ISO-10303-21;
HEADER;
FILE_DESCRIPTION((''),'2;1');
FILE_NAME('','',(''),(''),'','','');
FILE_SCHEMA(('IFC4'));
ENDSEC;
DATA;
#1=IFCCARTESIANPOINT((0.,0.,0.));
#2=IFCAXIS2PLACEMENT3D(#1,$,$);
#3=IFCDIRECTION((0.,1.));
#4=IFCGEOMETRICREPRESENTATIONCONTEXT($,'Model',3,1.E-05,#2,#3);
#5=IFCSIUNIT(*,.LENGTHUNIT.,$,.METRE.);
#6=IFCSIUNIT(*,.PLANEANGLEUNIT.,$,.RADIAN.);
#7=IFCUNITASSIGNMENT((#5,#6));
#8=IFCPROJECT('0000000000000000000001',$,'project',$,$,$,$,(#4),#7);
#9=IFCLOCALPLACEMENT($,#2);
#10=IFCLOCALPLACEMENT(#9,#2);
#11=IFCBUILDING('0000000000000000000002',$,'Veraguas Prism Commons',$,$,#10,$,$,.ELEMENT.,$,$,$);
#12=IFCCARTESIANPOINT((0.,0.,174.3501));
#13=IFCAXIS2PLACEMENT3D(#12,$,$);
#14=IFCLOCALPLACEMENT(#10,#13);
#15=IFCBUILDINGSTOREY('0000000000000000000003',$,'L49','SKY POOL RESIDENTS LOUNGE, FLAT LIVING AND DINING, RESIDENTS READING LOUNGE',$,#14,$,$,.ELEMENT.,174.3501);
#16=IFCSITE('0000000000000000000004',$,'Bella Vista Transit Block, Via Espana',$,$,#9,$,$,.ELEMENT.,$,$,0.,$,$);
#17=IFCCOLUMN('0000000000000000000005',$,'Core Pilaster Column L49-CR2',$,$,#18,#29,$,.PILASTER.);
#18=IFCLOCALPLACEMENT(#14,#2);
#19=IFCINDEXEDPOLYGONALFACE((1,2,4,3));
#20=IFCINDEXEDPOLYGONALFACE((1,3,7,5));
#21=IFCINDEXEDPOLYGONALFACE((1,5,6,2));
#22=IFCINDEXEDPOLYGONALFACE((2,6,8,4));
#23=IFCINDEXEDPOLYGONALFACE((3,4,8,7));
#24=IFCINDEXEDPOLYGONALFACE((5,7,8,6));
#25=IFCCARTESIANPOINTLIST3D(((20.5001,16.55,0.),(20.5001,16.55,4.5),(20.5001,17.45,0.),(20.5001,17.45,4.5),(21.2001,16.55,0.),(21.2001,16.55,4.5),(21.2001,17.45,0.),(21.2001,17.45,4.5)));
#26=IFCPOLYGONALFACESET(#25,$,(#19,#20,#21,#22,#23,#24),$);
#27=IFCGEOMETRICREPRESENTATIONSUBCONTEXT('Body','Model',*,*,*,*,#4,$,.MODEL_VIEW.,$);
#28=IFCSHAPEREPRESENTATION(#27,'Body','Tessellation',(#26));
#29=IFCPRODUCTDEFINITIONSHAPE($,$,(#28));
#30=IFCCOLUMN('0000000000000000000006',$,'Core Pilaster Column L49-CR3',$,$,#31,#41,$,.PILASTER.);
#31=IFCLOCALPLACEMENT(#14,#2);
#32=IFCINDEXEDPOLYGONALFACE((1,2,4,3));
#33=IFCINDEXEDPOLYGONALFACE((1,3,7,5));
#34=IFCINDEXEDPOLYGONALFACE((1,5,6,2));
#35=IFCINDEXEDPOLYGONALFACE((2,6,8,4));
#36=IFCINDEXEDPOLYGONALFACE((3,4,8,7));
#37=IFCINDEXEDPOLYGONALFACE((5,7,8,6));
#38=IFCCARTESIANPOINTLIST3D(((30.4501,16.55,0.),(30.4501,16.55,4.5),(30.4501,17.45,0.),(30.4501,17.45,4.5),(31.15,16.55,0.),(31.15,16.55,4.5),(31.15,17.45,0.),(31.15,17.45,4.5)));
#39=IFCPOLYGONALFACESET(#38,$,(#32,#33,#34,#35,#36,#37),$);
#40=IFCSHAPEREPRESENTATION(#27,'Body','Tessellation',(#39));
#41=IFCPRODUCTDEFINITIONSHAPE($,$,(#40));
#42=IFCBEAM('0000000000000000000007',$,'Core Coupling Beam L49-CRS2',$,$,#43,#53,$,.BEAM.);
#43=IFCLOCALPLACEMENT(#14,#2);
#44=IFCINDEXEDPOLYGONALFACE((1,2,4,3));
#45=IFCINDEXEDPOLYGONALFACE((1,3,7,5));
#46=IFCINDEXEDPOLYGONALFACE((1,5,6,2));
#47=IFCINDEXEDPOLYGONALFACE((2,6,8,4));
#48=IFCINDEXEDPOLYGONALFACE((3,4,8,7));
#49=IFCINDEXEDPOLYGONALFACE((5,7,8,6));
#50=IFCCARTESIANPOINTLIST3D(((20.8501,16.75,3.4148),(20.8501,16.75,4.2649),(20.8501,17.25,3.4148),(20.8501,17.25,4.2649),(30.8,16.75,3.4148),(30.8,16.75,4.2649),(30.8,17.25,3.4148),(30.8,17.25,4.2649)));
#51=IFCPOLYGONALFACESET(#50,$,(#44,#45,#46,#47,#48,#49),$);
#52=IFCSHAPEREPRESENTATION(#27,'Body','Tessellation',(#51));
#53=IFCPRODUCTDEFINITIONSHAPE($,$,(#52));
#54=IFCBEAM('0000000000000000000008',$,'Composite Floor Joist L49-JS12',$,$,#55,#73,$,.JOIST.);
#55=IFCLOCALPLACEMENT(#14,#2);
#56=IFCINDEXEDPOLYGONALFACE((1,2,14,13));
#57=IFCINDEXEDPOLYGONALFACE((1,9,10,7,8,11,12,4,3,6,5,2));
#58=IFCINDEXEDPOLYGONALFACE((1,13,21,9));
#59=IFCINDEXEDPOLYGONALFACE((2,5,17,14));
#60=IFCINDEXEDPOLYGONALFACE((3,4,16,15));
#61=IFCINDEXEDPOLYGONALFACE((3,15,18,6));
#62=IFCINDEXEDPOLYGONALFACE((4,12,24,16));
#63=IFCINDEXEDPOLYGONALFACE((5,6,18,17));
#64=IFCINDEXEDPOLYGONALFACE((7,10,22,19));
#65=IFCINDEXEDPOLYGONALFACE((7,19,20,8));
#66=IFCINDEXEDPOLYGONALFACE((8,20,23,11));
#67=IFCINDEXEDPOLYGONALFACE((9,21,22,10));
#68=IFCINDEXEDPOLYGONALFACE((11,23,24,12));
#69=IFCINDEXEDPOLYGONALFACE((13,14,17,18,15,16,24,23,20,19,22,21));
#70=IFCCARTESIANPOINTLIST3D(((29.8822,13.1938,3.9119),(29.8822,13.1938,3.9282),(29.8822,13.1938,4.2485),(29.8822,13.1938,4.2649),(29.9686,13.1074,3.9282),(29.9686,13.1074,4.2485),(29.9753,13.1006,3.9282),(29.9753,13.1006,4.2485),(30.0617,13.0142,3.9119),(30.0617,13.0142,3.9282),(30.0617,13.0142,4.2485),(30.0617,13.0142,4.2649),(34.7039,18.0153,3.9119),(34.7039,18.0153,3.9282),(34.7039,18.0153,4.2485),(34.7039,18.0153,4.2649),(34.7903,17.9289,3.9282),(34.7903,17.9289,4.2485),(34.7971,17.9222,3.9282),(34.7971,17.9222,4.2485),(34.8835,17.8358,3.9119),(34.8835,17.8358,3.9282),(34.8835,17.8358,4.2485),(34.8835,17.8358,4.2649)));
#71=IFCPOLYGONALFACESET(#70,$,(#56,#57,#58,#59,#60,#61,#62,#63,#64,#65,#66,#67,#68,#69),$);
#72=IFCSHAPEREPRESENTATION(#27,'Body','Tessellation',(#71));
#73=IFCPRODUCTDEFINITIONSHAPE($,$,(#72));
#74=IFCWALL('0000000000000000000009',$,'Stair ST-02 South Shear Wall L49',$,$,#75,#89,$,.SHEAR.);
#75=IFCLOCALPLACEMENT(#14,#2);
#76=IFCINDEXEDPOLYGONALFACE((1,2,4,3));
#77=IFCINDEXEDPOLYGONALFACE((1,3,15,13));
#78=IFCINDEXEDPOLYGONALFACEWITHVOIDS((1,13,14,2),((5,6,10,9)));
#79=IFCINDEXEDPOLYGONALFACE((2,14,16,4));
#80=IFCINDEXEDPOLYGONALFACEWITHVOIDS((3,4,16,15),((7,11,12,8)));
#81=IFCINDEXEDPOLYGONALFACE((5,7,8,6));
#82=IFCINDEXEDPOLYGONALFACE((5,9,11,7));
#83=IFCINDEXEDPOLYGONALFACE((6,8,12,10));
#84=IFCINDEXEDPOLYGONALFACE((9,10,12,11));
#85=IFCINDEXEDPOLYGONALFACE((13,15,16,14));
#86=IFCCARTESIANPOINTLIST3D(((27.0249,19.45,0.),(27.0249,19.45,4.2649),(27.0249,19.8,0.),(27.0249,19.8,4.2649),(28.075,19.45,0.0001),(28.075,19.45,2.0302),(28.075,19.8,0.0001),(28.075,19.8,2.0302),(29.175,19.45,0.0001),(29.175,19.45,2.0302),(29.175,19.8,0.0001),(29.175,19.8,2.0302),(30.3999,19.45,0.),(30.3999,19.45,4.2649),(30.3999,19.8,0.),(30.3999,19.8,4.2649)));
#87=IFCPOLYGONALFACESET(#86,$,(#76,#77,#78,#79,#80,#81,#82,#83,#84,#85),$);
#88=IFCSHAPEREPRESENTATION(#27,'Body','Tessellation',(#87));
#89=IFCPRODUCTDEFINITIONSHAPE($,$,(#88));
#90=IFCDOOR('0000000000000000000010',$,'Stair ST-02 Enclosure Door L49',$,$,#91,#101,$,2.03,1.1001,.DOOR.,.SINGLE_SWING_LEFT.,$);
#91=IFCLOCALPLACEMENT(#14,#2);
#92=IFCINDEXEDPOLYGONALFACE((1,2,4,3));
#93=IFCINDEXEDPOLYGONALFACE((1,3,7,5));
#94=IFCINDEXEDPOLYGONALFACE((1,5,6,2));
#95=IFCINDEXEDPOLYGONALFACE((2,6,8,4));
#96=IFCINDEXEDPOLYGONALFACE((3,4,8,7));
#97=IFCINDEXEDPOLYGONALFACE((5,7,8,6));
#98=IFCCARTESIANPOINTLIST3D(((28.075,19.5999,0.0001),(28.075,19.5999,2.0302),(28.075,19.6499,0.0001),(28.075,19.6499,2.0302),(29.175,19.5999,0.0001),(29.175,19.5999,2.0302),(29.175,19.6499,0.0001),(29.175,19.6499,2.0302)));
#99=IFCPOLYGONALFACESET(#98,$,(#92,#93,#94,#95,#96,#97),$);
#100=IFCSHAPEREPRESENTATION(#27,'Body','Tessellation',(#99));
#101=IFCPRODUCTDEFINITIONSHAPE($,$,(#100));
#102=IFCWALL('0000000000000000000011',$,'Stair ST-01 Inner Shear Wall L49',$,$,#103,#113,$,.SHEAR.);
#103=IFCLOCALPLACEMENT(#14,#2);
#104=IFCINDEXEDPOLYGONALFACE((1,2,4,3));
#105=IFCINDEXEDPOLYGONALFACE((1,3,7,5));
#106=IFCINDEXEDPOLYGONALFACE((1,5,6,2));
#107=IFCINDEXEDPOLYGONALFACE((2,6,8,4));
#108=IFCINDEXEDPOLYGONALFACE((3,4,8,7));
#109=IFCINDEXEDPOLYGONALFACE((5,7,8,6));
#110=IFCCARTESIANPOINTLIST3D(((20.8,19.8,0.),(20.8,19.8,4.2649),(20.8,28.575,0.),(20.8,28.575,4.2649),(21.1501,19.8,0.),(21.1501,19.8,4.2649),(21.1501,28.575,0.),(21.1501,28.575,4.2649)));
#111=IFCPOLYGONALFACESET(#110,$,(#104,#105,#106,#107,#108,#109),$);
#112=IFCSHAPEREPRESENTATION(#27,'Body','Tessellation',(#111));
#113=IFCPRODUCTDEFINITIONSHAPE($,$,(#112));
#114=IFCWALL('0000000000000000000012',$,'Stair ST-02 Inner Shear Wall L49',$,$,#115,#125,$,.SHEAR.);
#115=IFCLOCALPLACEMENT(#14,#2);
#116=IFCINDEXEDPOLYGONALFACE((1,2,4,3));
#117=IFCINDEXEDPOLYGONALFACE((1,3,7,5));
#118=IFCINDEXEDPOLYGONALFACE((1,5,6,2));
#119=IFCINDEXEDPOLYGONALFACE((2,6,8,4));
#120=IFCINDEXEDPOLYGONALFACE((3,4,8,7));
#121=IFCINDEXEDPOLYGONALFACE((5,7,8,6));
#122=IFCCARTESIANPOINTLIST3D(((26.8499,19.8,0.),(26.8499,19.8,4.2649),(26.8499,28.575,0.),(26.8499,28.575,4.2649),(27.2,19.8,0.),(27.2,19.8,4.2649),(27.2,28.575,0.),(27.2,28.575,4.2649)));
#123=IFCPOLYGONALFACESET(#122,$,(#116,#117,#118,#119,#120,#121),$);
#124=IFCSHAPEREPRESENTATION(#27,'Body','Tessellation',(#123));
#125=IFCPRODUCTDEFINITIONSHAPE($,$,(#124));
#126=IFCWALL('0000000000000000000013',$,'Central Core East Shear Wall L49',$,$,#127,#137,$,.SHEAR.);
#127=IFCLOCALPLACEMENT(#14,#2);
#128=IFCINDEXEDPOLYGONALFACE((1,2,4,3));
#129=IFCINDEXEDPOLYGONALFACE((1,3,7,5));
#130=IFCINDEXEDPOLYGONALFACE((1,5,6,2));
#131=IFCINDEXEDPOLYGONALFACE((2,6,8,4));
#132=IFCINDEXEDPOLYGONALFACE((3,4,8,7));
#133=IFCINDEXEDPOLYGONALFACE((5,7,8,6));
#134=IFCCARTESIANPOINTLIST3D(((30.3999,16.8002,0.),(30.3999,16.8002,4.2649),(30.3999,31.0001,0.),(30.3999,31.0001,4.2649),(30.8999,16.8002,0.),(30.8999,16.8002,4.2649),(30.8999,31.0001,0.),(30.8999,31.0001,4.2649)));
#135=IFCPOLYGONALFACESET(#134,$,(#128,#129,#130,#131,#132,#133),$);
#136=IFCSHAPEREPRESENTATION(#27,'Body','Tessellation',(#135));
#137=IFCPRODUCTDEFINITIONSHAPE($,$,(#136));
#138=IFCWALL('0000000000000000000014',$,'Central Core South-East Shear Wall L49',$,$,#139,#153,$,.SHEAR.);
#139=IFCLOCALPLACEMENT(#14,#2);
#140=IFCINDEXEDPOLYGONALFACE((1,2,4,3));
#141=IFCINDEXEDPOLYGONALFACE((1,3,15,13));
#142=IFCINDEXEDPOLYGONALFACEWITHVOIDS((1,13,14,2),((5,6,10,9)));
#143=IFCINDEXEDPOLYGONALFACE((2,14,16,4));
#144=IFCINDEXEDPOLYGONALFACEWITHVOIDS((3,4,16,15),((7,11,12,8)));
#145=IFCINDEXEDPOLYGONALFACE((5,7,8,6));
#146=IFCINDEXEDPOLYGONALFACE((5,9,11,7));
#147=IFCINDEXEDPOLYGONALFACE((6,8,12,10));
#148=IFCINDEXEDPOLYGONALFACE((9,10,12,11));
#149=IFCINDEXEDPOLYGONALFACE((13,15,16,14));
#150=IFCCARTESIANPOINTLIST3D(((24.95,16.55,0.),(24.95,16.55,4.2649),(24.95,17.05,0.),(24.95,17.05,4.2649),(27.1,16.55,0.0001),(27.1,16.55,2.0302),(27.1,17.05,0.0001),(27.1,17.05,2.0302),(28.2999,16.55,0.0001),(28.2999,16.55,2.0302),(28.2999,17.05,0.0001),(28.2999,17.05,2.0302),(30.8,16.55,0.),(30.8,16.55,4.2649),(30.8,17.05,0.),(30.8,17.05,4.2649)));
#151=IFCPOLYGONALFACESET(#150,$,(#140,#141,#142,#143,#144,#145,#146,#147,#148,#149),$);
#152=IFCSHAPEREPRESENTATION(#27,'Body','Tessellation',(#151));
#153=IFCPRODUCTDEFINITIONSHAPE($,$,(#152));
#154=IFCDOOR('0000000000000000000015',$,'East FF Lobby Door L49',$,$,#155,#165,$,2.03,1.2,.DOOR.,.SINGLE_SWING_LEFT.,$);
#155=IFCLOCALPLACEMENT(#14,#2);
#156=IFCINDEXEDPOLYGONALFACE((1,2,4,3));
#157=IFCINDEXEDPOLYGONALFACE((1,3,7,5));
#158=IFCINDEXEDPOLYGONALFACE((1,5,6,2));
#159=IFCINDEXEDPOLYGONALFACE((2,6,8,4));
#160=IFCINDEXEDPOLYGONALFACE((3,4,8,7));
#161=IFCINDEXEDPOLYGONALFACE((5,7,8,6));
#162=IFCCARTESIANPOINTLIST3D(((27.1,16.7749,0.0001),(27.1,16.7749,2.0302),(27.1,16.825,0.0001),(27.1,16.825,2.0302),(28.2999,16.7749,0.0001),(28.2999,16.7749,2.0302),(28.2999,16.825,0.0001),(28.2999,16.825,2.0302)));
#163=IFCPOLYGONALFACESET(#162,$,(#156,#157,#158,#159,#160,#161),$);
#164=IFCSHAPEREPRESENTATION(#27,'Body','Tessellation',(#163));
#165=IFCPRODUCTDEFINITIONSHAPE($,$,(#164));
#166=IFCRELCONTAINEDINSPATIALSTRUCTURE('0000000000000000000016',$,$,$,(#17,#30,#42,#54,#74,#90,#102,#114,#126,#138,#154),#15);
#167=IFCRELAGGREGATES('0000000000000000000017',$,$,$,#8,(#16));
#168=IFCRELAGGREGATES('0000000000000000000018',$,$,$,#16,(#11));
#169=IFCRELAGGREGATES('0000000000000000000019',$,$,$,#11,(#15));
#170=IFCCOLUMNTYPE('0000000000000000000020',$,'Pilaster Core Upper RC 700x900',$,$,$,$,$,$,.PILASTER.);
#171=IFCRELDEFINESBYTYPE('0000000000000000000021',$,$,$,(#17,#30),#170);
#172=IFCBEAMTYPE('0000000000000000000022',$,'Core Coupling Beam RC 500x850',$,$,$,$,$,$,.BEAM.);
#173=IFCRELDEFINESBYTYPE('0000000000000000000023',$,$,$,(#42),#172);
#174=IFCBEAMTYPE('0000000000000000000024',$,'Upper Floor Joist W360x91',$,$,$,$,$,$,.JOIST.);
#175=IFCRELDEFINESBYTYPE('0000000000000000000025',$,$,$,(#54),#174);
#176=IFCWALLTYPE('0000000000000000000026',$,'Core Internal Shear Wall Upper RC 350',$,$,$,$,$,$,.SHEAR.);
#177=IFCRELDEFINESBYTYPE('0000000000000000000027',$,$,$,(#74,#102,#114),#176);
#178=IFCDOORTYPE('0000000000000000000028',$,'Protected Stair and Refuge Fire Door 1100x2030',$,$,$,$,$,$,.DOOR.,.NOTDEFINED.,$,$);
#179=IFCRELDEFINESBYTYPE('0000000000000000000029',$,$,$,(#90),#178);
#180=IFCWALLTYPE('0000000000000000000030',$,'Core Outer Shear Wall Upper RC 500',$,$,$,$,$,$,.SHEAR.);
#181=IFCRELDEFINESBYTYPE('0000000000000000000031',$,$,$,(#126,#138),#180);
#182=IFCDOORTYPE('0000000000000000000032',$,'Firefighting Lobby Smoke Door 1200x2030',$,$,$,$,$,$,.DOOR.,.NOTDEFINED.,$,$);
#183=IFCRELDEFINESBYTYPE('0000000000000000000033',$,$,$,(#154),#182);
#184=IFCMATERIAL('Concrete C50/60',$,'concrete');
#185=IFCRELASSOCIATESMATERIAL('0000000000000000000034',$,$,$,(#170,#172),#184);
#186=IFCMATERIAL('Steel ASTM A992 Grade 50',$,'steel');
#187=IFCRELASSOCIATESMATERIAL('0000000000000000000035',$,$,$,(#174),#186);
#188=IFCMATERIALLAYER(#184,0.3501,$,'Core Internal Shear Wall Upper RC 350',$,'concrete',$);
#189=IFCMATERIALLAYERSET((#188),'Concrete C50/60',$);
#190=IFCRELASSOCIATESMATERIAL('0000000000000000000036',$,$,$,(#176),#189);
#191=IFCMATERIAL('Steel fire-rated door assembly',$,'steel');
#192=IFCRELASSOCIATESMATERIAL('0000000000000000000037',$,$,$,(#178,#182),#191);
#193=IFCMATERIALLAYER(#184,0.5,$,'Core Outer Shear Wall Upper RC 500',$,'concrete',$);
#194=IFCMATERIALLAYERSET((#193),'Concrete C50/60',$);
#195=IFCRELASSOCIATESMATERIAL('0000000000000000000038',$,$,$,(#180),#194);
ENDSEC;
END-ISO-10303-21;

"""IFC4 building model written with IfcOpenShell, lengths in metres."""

from ifc_helpers import new_model, si_unit, direction, frame, frame_2d, origin, origin_2d, place, context, subcontext, project, spatial, rectangle, i_section, extrude, source, transform, mapped, material, layer, layer_set, material_profile, profile_set, type_object, element, fill, save


model = new_model("IFC4")

# Units and contexts
model_context = context("Model", 3, precision=1e-05, world=origin(), true_north=direction((0.0, 1.0)))
body_context = subcontext(model_context, "Body", "Model", "MODEL_VIEW")
ifc_project = project(units=[si_unit("LENGTHUNIT", "METRE"), si_unit("PLANEANGLEUNIT", "RADIAN")], contexts=[model_context])

# Site, building, storey
site_placement = place(None, origin())
site = spatial("IfcSite", under=ifc_project, at=site_placement, Name="Bella Vista Transit Block, Via Espana", CompositionType="ELEMENT", RefElevation=0.0)
building_placement = place(site_placement, origin())
building = spatial("IfcBuilding", under=site, at=building_placement, Name="Veraguas Prism Commons", CompositionType="ELEMENT")
storey_placement = place(building_placement, frame((0.0, 0.0, 174.3501)))
storey = spatial("IfcBuildingStorey", under=building, at=storey_placement, Name="L49", Description="SKY POOL RESIDENTS LOUNGE, FLAT LIVING AND DINING, RESIDENTS READING LOUNGE", CompositionType="ELEMENT", Elevation=174.3501)

# Columns
ifc_material_1 = material(Name="Concrete C50/60", Category="concrete")
ifc_material_profile_1 = material_profile(ifc_material_1, rectangle(XDim=0.7, YDim=0.8999, at=origin_2d()), Name="RC700X900")
ifc_profile_set_1 = profile_set([ifc_material_profile_1], Name="Concrete C50/60")
column_type = type_object("IfcColumnType", Name="Pilaster Core Upper RC 700x900", PredefinedType="PILASTER", material=ifc_profile_set_1)
for number, where, z_axis, x_axis, name in (
    (1, (20.8501, 17.0, 0.0), (0.0, 0.0, 1.0), (1.0, 0.0, 0.0), "Core Pilaster Column L49-CR2"),
    (2, (30.8, 17.0, 0.0), (0.0, 0.0, 1.0), (1.0, 0.0, 0.0), "Core Pilaster Column L49-CR3"),
):
    element("IfcColumn", number, at=place(storey_placement, frame(where, z_axis=z_axis, x_axis=x_axis)), inside=storey, type_object=column_type, Name=name, PredefinedType="PILASTER", context=body_context, shape_type="SweptSolid", body=[
        extrude(rectangle(XDim=0.7, YDim=0.8999, at=origin_2d()), origin(), (0.0, 0.0, 1.0), 4.5),
    ])

# Beams
ifc_material_profile_2 = material_profile(ifc_material_1, rectangle(XDim=0.5, YDim=0.8501, at=origin_2d()), Name="RC500X850")
ifc_profile_set_2 = profile_set([ifc_material_profile_2], Name="Concrete C50/60")
beam_type_1 = type_object("IfcBeamType", Name="Core Coupling Beam RC 500x850", PredefinedType="BEAM", material=ifc_profile_set_2)
beam_1_placement = place(storey_placement, frame((20.8501, 17.0, 3.8398), z_axis=(1.0, 0.0, 0.0), x_axis=(0.0, 1.0, 0.0)))
element("IfcBeam", 3, at=beam_1_placement, inside=storey, type_object=beam_type_1, Name="Core Coupling Beam L49-CRS2", PredefinedType="BEAM", context=body_context, shape_type="SweptSolid", body=[
    extrude(rectangle(XDim=0.5, YDim=0.8501, at=origin_2d()), origin(), (0.0, 0.0, 1.0), 9.95),
])
ifc_material_2 = material(Name="Steel ASTM A992 Grade 50", Category="steel")
ifc_material_profile_3 = material_profile(ifc_material_2, i_section(OverallWidth=0.2539, OverallDepth=0.353, WebThickness=0.0095, FlangeThickness=0.0164, at=origin_2d()), Name="W360X91")
ifc_profile_set_3 = profile_set([ifc_material_profile_3], Name="Steel ASTM A992 Grade 50")
beam_type_2 = type_object("IfcBeamType", Name="Upper Floor Joist W360x91", PredefinedType="JOIST", material=ifc_profile_set_3)
beam_2_placement = place(storey_placement, frame((29.9719, 13.104, 4.0884), z_axis=(0.707125, 0.707089, 0.0), x_axis=(-0.707089, 0.707125, 0.0)))
element("IfcBeam", 4, at=beam_2_placement, inside=storey, type_object=beam_type_2, Name="Composite Floor Joist L49-JS12", PredefinedType="JOIST", context=body_context, shape_type="SweptSolid", body=[
    extrude(i_section(OverallWidth=0.2539, OverallDepth=0.353, WebThickness=0.0095, FlangeThickness=0.0164, at=origin_2d()), origin(), (0.0, 0.0, 1.0), 6.8188),
])

# Wall, opening, door
ifc_layer_1 = layer(ifc_material_1, 0.3501, Name="Core Internal Shear Wall Upper RC 350", Category="concrete")
ifc_layer_set_1 = layer_set([ifc_layer_1], Name="Concrete C50/60")
wall_type_1 = type_object("IfcWallType", Name="Core Internal Shear Wall Upper RC 350", PredefinedType="SHEAR", material=ifc_layer_set_1)
wall_1_placement = place(storey_placement, frame((27.0249, 19.625, 0.0), z_axis=(0.0, 0.0, 1.0), x_axis=(1.0, 0.0, 0.0)))
wall_1 = element("IfcWall", 5, at=wall_1_placement, inside=storey, type_object=wall_type_1, Name="Stair ST-02 South Shear Wall L49", PredefinedType="SHEAR", context=body_context, shape_type="SweptSolid", body=[
    extrude(rectangle(XDim=3.375, YDim=0.3501, at=frame_2d((1.6875, 0.0))), origin(), (0.0, 0.0, 1.0), 4.2649),
])
opening_1_placement = place(wall_1_placement, frame((1.05, 0.0, 0.0)))
opening_1 = element("IfcOpeningElement", 6, at=opening_1_placement, cuts=wall_1, PredefinedType="OPENING", context=body_context, shape_type="SweptSolid", body=[
    extrude(rectangle(XDim=1.1001, YDim=2.03, at=frame_2d((0.55, 1.0151))), frame((0.0, 0.1851, 0.0), z_axis=(0.0, -1.0, 0.0), x_axis=(1.0, 0.0, 0.0)), (0.0, 0.0, 1.0), 0.3701),
])
ifc_material_3 = material(Name="Steel fire-rated door assembly", Category="steel")
door_type_1 = type_object("IfcDoorType", Name="Protected Stair and Refuge Fire Door 1100x2030", OperationType="NOTDEFINED", PredefinedType="DOOR", material=ifc_material_3)
shared_shape_1 = source(origin(), body_context, "Body", "SweptSolid", [
    extrude(rectangle(XDim=1.1001, YDim=2.03, at=frame_2d((0.55, 1.0151))), frame((0.0, 0.0249, 0.0), z_axis=(0.0, -1.0, 0.0), x_axis=(1.0, 0.0, 0.0)), (0.0, 0.0, 1.0), 0.05),
])
door_1_placement = place(opening_1_placement, origin())
door_1 = element("IfcDoor", 7, at=door_1_placement, inside=storey, type_object=door_type_1, Name="Stair ST-02 Enclosure Door L49", OperationType="SINGLE_SWING_LEFT", OverallHeight=2.03, OverallWidth=1.1001, PredefinedType="DOOR", context=body_context, shape_type="MappedRepresentation", body=[
    mapped(shared_shape_1, transform((0.0, 0.0, 0.0), scale=1.0)),
])
fill(opening_1, door_1)

# Walls
for number, where, z_axis, x_axis, name in (
    (8, (20.9751, 19.8, 0.0), (0.0, 0.0, 1.0), (0.0, 1.0, 0.0), "Stair ST-01 Inner Shear Wall L49"),
    (9, (27.0249, 19.8, 0.0), (0.0, 0.0, 1.0), (0.0, 1.0, 0.0), "Stair ST-02 Inner Shear Wall L49"),
):
    element("IfcWall", number, at=place(storey_placement, frame(where, z_axis=z_axis, x_axis=x_axis)), inside=storey, type_object=wall_type_1, Name=name, PredefinedType="SHEAR", context=body_context, shape_type="SweptSolid", body=[
        extrude(rectangle(XDim=8.7749, YDim=0.3501, at=frame_2d((4.3875, 0.0))), origin(), (0.0, 0.0, 1.0), 4.2649),
    ])
ifc_layer_2 = layer(ifc_material_1, 0.5, Name="Core Outer Shear Wall Upper RC 500", Category="concrete")
ifc_layer_set_2 = layer_set([ifc_layer_2], Name="Concrete C50/60")
wall_type_2 = type_object("IfcWallType", Name="Core Outer Shear Wall Upper RC 500", PredefinedType="SHEAR", material=ifc_layer_set_2)
wall_2_placement = place(storey_placement, frame((30.6499, 16.8, 0.0), z_axis=(0.0, 0.0, 1.0), x_axis=(0.0, 1.0, 0.0)))
element("IfcWall", 10, at=wall_2_placement, inside=storey, type_object=wall_type_2, Name="Central Core East Shear Wall L49", PredefinedType="SHEAR", context=body_context, shape_type="SweptSolid", body=[
    extrude(rectangle(XDim=14.2, YDim=0.5, at=frame_2d((7.1001, 0.0))), origin(), (0.0, 0.0, 1.0), 4.2649),
])

# Wall, opening, door
wall_3_placement = place(storey_placement, frame((24.95, 16.8, 0.0), z_axis=(0.0, 0.0, 1.0), x_axis=(1.0, 0.0, 0.0)))
wall_3 = element("IfcWall", 11, at=wall_3_placement, inside=storey, type_object=wall_type_2, Name="Central Core South-East Shear Wall L49", PredefinedType="SHEAR", context=body_context, shape_type="SweptSolid", body=[
    extrude(rectangle(XDim=5.8501, YDim=0.5, at=frame_2d((2.925, 0.0))), origin(), (0.0, 0.0, 1.0), 4.2649),
])
opening_2_placement = place(wall_3_placement, frame((2.1499, 0.0, 0.0)))
opening_2 = element("IfcOpeningElement", 12, at=opening_2_placement, cuts=wall_3, PredefinedType="OPENING", context=body_context, shape_type="SweptSolid", body=[
    extrude(rectangle(XDim=1.2, YDim=2.03, at=frame_2d((0.6001, 1.0151))), frame((0.0, 0.26, 0.0), z_axis=(0.0, -1.0, 0.0), x_axis=(1.0, 0.0, 0.0)), (0.0, 0.0, 1.0), 0.52),
])
door_type_2 = type_object("IfcDoorType", Name="Firefighting Lobby Smoke Door 1200x2030", OperationType="NOTDEFINED", PredefinedType="DOOR", material=ifc_material_3)
shared_shape_2 = source(origin(), body_context, "Body", "SweptSolid", [
    extrude(rectangle(XDim=1.2, YDim=2.03, at=frame_2d((0.6001, 1.0151))), frame((0.0, 0.0249, 0.0), z_axis=(0.0, -1.0, 0.0), x_axis=(1.0, 0.0, 0.0)), (0.0, 0.0, 1.0), 0.05),
])
door_2_placement = place(opening_2_placement, origin())
door_2 = element("IfcDoor", 13, at=door_2_placement, inside=storey, type_object=door_type_2, Name="East FF Lobby Door L49", OperationType="SINGLE_SWING_LEFT", OverallHeight=2.03, OverallWidth=1.2, PredefinedType="DOOR", context=body_context, shape_type="MappedRepresentation", body=[
    mapped(shared_shape_2, transform((0.0, 0.0, 0.0), scale=1.0)),
])
fill(opening_2, door_2)

save(model, "model.ifc")
